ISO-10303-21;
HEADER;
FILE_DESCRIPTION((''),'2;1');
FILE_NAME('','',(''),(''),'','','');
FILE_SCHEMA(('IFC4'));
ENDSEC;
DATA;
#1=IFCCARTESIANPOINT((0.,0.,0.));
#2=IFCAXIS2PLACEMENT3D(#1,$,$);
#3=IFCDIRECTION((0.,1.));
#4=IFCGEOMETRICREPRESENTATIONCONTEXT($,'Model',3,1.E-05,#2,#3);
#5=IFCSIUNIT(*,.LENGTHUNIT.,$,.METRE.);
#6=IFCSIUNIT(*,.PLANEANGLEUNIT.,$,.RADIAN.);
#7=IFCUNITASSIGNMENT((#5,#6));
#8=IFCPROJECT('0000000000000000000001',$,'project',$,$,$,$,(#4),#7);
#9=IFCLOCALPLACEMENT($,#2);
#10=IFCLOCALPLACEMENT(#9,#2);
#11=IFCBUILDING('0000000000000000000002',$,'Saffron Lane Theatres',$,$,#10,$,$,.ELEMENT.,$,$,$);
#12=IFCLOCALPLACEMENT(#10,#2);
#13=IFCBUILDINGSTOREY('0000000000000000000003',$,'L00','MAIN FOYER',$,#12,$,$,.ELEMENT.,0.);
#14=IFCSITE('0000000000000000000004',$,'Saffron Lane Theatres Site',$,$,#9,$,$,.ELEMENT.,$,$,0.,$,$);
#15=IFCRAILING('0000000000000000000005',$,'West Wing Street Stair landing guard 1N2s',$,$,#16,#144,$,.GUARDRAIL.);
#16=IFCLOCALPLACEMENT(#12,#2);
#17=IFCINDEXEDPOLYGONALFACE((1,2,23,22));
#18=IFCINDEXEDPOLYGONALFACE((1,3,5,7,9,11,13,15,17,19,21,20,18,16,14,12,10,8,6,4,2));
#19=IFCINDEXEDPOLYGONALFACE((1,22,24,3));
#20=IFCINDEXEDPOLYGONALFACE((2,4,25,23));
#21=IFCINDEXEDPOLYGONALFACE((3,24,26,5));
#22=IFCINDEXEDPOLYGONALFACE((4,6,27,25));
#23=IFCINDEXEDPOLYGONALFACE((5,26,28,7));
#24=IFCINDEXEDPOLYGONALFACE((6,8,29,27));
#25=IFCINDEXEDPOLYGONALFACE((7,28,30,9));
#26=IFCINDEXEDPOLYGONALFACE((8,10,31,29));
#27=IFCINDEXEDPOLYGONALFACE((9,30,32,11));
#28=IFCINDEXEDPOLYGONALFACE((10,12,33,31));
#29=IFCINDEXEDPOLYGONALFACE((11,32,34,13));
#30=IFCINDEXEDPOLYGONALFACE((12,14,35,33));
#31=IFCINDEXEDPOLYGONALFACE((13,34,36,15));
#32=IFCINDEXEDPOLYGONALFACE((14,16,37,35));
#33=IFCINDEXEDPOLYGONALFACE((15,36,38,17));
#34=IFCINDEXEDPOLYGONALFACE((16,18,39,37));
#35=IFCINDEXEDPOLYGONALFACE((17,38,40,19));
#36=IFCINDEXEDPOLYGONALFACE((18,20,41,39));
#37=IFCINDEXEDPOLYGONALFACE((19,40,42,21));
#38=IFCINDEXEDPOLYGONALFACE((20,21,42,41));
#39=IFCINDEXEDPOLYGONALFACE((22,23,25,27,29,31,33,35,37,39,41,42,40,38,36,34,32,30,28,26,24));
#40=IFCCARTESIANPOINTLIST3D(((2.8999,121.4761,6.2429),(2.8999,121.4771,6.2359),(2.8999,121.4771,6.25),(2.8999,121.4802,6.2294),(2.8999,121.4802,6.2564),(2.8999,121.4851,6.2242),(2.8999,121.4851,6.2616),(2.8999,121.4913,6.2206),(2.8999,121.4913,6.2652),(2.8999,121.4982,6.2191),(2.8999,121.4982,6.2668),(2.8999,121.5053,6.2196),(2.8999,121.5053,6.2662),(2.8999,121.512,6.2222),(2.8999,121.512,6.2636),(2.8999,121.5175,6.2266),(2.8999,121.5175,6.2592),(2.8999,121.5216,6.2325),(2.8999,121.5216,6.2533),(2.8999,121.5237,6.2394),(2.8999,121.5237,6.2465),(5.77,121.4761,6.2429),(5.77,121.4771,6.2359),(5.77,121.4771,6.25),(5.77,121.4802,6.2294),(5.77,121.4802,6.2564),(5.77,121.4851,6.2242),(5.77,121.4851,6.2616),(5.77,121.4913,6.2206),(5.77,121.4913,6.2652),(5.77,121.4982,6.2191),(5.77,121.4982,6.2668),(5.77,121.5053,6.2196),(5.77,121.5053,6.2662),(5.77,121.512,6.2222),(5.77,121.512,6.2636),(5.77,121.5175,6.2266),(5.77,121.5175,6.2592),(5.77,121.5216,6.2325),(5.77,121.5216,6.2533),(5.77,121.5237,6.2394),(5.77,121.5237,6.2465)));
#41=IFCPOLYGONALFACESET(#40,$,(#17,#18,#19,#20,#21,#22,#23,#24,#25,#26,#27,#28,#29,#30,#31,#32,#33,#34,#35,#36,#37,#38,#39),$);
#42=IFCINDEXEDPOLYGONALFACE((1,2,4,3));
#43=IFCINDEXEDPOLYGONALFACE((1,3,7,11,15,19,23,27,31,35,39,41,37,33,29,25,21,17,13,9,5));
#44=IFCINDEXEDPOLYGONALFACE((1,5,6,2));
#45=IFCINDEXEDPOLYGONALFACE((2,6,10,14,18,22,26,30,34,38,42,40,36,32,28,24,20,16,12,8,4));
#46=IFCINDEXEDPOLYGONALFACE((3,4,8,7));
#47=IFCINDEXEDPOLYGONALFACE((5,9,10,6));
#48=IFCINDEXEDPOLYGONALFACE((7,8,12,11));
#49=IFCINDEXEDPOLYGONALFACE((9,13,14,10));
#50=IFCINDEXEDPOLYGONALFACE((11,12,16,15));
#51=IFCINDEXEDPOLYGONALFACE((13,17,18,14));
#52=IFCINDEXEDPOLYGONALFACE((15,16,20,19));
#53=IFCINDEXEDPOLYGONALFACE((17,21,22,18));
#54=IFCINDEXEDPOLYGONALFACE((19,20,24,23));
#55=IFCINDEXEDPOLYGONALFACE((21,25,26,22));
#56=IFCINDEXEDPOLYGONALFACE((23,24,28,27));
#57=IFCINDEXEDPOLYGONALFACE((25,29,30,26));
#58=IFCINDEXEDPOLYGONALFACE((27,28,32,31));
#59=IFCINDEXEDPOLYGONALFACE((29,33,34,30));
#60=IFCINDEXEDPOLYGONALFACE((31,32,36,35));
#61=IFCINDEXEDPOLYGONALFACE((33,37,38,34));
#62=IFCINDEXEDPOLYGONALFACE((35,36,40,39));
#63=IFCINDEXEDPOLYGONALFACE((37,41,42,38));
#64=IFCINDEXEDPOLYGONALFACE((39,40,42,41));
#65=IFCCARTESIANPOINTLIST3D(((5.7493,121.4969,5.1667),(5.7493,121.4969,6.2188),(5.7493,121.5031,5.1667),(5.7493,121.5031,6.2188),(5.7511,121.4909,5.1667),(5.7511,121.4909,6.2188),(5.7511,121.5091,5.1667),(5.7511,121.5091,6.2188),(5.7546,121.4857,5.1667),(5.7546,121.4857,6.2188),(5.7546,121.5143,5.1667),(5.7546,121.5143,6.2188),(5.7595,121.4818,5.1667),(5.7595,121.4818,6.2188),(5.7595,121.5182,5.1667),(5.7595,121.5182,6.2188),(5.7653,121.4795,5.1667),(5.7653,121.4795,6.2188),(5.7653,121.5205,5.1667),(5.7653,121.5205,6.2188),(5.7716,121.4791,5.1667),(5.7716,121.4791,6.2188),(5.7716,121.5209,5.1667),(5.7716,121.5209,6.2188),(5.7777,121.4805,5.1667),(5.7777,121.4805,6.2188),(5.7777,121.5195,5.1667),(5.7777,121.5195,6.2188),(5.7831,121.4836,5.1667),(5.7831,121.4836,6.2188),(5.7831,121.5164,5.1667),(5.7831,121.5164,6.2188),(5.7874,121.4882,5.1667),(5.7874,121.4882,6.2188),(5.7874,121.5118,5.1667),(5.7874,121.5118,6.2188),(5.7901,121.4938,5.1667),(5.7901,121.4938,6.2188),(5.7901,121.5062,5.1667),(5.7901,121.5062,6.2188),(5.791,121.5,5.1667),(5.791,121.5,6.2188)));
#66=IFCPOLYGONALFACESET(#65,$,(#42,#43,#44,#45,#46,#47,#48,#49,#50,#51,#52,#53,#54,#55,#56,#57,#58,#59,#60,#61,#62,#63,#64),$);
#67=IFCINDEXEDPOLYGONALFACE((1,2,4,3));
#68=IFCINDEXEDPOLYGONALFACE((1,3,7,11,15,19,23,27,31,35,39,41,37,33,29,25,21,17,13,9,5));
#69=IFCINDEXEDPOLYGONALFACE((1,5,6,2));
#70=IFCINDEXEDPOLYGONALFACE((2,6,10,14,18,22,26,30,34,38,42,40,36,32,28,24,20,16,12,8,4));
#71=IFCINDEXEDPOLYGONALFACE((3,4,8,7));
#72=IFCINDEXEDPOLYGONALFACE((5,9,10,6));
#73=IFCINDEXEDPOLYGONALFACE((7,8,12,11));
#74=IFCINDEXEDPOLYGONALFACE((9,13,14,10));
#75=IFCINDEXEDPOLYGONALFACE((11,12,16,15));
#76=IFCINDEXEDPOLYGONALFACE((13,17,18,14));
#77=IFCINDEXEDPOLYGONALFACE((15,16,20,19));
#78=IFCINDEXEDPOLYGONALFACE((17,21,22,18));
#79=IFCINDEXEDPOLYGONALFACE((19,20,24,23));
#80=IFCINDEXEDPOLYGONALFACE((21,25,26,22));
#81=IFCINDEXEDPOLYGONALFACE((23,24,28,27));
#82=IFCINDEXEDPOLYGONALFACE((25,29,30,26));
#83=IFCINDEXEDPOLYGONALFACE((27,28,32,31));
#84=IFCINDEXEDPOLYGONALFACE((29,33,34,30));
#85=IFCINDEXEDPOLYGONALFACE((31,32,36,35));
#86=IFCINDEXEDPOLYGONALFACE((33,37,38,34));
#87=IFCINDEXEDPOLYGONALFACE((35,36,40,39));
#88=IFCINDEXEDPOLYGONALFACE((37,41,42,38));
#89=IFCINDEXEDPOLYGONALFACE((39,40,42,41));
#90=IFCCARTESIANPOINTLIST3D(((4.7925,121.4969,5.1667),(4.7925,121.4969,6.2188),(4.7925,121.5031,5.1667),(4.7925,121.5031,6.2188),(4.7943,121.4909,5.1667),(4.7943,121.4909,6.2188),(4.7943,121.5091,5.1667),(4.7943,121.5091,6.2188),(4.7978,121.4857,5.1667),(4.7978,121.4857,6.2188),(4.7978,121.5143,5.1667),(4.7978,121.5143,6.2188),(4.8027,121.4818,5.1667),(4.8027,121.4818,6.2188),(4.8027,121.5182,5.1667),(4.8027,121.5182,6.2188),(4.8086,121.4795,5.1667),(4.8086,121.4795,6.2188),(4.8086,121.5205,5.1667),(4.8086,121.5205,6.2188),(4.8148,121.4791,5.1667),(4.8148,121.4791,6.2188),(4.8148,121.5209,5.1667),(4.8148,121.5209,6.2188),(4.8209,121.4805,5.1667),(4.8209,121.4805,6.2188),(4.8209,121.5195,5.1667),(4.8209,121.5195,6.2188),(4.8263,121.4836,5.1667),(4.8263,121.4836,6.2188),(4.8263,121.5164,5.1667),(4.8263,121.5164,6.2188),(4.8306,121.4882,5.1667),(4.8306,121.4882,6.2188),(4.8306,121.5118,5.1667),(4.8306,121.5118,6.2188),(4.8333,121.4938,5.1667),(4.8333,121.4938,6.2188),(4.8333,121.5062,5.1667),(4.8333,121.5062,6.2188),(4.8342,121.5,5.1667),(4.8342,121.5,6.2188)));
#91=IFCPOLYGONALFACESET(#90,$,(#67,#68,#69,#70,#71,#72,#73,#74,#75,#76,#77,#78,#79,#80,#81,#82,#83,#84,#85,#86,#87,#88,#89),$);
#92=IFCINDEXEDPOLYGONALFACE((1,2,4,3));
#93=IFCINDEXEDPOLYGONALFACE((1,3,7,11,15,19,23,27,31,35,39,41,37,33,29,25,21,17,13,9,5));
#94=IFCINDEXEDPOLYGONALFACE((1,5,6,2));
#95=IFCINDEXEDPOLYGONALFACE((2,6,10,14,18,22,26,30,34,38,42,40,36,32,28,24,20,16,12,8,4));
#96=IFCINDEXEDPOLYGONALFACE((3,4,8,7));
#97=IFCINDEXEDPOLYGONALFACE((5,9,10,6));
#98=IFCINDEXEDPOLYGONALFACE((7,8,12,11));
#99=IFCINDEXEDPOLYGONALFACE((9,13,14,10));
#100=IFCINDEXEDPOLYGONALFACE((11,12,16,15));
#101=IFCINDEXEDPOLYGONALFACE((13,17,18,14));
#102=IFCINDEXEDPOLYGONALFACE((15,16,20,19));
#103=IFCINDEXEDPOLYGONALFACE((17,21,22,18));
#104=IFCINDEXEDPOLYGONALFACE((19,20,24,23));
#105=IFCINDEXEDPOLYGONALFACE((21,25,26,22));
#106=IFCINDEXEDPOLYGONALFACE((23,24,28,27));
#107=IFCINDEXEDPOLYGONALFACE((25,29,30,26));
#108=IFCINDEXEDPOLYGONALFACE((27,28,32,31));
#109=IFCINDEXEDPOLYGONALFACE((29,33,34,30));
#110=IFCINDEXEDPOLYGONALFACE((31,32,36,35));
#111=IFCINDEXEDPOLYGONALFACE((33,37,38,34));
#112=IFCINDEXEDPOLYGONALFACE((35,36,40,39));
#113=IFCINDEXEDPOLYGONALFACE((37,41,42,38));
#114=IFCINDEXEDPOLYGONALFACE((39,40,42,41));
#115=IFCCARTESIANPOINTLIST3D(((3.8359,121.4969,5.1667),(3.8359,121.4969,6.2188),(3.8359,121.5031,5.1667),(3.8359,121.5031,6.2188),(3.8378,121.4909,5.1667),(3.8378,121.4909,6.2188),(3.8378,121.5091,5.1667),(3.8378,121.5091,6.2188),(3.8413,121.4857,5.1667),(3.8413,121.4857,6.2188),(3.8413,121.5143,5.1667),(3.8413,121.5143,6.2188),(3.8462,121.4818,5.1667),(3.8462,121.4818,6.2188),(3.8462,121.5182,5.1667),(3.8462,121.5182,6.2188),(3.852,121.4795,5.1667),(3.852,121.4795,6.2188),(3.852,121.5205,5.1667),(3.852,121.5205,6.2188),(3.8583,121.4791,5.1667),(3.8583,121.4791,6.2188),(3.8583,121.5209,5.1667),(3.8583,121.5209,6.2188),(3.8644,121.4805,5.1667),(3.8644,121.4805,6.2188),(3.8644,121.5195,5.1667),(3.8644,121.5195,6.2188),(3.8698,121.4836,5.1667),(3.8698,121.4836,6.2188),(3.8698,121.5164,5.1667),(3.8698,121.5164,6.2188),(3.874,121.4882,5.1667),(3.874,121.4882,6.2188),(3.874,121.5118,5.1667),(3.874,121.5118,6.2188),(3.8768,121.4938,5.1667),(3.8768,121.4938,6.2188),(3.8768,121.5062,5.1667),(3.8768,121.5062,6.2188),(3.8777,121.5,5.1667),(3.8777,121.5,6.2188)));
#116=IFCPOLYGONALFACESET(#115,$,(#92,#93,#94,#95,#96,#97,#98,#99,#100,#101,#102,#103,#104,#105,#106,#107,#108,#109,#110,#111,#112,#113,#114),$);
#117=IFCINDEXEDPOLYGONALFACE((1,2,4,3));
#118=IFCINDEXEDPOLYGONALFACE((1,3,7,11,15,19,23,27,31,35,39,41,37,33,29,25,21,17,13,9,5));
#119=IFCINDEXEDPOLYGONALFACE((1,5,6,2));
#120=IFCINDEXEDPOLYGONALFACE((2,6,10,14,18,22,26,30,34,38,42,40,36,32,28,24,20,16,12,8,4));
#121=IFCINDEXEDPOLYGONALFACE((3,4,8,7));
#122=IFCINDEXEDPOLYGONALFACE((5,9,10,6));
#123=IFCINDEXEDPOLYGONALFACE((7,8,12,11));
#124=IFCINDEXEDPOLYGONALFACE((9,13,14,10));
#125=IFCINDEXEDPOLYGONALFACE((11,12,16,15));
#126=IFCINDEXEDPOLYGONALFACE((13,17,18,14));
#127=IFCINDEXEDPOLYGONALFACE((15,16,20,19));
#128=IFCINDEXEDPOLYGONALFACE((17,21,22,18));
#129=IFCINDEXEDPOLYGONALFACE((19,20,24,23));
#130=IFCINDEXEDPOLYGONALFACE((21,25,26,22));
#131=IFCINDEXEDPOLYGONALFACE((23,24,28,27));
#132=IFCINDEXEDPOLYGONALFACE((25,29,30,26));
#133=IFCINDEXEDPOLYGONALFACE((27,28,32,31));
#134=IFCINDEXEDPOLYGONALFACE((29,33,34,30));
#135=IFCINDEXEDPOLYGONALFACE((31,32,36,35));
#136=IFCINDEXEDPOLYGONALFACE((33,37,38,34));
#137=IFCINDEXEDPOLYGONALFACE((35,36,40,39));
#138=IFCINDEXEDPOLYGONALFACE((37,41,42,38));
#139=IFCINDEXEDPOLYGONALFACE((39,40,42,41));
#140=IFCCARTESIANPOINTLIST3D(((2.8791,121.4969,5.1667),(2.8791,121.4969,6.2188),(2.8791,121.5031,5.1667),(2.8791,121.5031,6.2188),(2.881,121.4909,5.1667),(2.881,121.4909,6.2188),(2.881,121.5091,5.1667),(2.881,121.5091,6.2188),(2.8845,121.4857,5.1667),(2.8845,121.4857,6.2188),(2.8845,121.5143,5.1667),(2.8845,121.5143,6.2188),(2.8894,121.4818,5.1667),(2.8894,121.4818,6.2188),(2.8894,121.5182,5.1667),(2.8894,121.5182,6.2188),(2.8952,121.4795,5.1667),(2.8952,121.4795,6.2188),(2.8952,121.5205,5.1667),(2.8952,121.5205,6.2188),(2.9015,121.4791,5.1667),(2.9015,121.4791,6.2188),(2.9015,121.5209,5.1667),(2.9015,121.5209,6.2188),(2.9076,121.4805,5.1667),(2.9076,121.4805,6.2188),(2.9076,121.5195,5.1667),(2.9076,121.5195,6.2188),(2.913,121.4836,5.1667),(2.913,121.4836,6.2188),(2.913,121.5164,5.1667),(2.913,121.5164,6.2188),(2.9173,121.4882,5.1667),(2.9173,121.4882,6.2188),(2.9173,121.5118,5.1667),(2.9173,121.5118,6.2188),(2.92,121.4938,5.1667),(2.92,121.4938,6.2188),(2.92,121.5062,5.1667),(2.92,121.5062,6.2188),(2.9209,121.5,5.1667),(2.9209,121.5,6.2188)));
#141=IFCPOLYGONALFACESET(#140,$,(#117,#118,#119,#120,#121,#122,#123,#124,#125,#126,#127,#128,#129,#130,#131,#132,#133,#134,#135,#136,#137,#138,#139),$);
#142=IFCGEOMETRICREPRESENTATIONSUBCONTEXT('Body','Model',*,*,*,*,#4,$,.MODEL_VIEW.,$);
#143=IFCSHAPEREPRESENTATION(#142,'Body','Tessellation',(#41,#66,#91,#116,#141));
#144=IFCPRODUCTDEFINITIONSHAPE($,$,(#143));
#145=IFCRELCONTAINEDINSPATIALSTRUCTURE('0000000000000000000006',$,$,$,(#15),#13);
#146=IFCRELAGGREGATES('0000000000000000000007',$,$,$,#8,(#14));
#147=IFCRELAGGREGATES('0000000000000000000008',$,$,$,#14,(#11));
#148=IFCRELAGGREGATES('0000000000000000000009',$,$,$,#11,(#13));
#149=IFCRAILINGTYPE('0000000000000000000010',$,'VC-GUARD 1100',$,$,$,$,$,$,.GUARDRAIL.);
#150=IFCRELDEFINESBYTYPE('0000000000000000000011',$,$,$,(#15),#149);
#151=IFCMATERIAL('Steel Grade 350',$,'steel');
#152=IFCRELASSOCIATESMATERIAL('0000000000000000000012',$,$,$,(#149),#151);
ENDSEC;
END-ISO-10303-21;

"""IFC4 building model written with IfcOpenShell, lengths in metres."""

from ifc_helpers import new_model, si_unit, direction, frame, origin, origin_2d, place, context, subcontext, project, spatial, circle, extrude, material, type_object, element, save


model = new_model("IFC4")

# Units and contexts
model_context = context("Model", 3, precision=1e-05, world=origin(), true_north=direction((0.0, 1.0)))
body_context = subcontext(model_context, "Body", "Model", "MODEL_VIEW")
ifc_project = project(units=[si_unit("LENGTHUNIT", "METRE"), si_unit("PLANEANGLEUNIT", "RADIAN")], contexts=[model_context])

# Site, building, storey
site_placement = place(None, origin())
site = spatial("IfcSite", under=ifc_project, at=site_placement, Name="Saffron Lane Theatres Site", CompositionType="ELEMENT", RefElevation=0.0)
building_placement = place(site_placement, origin())
building = spatial("IfcBuilding", under=site, at=building_placement, Name="Saffron Lane Theatres", CompositionType="ELEMENT")
storey_placement = place(building_placement, origin())
storey = spatial("IfcBuildingStorey", under=building, at=storey_placement, Name="L00", Description="MAIN FOYER", CompositionType="ELEMENT", Elevation=0.0)

# Railing
ifc_material_1 = material(Name="Steel Grade 350", Category="steel")
railing_type_1 = type_object("IfcRailingType", Name="VC-GUARD 1100", PredefinedType="GUARDRAIL", material=ifc_material_1)
railing_1_placement = place(storey_placement, frame((5.77, 121.5, 5.1667)))
element("IfcRailing", 1, at=railing_1_placement, inside=storey, type_object=railing_type_1, Name="West Wing Street Stair landing guard 1N2s", PredefinedType="GUARDRAIL", context=body_context, shape_type="SweptSolid", body=[
    extrude(circle(Radius=0.0239, at=origin_2d()), frame((0.0, 0.0, 1.0762), z_axis=(-1.0, 0.0, 0.0), x_axis=(0.0, -1.0, 0.0)), (0.0, 0.0, 1.0), 2.8701),
    extrude(circle(Radius=0.021, at=origin_2d()), origin(), (0.0, 0.0, 1.0), 1.052),
    extrude(circle(Radius=0.021, at=origin_2d()), frame((-0.9568, 0.0, 0.0)), (0.0, 0.0, 1.0), 1.052),
    extrude(circle(Radius=0.021, at=origin_2d()), frame((-1.9133, 0.0, 0.0)), (0.0, 0.0, 1.0), 1.052),
    extrude(circle(Radius=0.021, at=origin_2d()), frame((-2.8701, 0.0, 0.0)), (0.0, 0.0, 1.0), 1.052),
])

save(model, "model.ifc")
